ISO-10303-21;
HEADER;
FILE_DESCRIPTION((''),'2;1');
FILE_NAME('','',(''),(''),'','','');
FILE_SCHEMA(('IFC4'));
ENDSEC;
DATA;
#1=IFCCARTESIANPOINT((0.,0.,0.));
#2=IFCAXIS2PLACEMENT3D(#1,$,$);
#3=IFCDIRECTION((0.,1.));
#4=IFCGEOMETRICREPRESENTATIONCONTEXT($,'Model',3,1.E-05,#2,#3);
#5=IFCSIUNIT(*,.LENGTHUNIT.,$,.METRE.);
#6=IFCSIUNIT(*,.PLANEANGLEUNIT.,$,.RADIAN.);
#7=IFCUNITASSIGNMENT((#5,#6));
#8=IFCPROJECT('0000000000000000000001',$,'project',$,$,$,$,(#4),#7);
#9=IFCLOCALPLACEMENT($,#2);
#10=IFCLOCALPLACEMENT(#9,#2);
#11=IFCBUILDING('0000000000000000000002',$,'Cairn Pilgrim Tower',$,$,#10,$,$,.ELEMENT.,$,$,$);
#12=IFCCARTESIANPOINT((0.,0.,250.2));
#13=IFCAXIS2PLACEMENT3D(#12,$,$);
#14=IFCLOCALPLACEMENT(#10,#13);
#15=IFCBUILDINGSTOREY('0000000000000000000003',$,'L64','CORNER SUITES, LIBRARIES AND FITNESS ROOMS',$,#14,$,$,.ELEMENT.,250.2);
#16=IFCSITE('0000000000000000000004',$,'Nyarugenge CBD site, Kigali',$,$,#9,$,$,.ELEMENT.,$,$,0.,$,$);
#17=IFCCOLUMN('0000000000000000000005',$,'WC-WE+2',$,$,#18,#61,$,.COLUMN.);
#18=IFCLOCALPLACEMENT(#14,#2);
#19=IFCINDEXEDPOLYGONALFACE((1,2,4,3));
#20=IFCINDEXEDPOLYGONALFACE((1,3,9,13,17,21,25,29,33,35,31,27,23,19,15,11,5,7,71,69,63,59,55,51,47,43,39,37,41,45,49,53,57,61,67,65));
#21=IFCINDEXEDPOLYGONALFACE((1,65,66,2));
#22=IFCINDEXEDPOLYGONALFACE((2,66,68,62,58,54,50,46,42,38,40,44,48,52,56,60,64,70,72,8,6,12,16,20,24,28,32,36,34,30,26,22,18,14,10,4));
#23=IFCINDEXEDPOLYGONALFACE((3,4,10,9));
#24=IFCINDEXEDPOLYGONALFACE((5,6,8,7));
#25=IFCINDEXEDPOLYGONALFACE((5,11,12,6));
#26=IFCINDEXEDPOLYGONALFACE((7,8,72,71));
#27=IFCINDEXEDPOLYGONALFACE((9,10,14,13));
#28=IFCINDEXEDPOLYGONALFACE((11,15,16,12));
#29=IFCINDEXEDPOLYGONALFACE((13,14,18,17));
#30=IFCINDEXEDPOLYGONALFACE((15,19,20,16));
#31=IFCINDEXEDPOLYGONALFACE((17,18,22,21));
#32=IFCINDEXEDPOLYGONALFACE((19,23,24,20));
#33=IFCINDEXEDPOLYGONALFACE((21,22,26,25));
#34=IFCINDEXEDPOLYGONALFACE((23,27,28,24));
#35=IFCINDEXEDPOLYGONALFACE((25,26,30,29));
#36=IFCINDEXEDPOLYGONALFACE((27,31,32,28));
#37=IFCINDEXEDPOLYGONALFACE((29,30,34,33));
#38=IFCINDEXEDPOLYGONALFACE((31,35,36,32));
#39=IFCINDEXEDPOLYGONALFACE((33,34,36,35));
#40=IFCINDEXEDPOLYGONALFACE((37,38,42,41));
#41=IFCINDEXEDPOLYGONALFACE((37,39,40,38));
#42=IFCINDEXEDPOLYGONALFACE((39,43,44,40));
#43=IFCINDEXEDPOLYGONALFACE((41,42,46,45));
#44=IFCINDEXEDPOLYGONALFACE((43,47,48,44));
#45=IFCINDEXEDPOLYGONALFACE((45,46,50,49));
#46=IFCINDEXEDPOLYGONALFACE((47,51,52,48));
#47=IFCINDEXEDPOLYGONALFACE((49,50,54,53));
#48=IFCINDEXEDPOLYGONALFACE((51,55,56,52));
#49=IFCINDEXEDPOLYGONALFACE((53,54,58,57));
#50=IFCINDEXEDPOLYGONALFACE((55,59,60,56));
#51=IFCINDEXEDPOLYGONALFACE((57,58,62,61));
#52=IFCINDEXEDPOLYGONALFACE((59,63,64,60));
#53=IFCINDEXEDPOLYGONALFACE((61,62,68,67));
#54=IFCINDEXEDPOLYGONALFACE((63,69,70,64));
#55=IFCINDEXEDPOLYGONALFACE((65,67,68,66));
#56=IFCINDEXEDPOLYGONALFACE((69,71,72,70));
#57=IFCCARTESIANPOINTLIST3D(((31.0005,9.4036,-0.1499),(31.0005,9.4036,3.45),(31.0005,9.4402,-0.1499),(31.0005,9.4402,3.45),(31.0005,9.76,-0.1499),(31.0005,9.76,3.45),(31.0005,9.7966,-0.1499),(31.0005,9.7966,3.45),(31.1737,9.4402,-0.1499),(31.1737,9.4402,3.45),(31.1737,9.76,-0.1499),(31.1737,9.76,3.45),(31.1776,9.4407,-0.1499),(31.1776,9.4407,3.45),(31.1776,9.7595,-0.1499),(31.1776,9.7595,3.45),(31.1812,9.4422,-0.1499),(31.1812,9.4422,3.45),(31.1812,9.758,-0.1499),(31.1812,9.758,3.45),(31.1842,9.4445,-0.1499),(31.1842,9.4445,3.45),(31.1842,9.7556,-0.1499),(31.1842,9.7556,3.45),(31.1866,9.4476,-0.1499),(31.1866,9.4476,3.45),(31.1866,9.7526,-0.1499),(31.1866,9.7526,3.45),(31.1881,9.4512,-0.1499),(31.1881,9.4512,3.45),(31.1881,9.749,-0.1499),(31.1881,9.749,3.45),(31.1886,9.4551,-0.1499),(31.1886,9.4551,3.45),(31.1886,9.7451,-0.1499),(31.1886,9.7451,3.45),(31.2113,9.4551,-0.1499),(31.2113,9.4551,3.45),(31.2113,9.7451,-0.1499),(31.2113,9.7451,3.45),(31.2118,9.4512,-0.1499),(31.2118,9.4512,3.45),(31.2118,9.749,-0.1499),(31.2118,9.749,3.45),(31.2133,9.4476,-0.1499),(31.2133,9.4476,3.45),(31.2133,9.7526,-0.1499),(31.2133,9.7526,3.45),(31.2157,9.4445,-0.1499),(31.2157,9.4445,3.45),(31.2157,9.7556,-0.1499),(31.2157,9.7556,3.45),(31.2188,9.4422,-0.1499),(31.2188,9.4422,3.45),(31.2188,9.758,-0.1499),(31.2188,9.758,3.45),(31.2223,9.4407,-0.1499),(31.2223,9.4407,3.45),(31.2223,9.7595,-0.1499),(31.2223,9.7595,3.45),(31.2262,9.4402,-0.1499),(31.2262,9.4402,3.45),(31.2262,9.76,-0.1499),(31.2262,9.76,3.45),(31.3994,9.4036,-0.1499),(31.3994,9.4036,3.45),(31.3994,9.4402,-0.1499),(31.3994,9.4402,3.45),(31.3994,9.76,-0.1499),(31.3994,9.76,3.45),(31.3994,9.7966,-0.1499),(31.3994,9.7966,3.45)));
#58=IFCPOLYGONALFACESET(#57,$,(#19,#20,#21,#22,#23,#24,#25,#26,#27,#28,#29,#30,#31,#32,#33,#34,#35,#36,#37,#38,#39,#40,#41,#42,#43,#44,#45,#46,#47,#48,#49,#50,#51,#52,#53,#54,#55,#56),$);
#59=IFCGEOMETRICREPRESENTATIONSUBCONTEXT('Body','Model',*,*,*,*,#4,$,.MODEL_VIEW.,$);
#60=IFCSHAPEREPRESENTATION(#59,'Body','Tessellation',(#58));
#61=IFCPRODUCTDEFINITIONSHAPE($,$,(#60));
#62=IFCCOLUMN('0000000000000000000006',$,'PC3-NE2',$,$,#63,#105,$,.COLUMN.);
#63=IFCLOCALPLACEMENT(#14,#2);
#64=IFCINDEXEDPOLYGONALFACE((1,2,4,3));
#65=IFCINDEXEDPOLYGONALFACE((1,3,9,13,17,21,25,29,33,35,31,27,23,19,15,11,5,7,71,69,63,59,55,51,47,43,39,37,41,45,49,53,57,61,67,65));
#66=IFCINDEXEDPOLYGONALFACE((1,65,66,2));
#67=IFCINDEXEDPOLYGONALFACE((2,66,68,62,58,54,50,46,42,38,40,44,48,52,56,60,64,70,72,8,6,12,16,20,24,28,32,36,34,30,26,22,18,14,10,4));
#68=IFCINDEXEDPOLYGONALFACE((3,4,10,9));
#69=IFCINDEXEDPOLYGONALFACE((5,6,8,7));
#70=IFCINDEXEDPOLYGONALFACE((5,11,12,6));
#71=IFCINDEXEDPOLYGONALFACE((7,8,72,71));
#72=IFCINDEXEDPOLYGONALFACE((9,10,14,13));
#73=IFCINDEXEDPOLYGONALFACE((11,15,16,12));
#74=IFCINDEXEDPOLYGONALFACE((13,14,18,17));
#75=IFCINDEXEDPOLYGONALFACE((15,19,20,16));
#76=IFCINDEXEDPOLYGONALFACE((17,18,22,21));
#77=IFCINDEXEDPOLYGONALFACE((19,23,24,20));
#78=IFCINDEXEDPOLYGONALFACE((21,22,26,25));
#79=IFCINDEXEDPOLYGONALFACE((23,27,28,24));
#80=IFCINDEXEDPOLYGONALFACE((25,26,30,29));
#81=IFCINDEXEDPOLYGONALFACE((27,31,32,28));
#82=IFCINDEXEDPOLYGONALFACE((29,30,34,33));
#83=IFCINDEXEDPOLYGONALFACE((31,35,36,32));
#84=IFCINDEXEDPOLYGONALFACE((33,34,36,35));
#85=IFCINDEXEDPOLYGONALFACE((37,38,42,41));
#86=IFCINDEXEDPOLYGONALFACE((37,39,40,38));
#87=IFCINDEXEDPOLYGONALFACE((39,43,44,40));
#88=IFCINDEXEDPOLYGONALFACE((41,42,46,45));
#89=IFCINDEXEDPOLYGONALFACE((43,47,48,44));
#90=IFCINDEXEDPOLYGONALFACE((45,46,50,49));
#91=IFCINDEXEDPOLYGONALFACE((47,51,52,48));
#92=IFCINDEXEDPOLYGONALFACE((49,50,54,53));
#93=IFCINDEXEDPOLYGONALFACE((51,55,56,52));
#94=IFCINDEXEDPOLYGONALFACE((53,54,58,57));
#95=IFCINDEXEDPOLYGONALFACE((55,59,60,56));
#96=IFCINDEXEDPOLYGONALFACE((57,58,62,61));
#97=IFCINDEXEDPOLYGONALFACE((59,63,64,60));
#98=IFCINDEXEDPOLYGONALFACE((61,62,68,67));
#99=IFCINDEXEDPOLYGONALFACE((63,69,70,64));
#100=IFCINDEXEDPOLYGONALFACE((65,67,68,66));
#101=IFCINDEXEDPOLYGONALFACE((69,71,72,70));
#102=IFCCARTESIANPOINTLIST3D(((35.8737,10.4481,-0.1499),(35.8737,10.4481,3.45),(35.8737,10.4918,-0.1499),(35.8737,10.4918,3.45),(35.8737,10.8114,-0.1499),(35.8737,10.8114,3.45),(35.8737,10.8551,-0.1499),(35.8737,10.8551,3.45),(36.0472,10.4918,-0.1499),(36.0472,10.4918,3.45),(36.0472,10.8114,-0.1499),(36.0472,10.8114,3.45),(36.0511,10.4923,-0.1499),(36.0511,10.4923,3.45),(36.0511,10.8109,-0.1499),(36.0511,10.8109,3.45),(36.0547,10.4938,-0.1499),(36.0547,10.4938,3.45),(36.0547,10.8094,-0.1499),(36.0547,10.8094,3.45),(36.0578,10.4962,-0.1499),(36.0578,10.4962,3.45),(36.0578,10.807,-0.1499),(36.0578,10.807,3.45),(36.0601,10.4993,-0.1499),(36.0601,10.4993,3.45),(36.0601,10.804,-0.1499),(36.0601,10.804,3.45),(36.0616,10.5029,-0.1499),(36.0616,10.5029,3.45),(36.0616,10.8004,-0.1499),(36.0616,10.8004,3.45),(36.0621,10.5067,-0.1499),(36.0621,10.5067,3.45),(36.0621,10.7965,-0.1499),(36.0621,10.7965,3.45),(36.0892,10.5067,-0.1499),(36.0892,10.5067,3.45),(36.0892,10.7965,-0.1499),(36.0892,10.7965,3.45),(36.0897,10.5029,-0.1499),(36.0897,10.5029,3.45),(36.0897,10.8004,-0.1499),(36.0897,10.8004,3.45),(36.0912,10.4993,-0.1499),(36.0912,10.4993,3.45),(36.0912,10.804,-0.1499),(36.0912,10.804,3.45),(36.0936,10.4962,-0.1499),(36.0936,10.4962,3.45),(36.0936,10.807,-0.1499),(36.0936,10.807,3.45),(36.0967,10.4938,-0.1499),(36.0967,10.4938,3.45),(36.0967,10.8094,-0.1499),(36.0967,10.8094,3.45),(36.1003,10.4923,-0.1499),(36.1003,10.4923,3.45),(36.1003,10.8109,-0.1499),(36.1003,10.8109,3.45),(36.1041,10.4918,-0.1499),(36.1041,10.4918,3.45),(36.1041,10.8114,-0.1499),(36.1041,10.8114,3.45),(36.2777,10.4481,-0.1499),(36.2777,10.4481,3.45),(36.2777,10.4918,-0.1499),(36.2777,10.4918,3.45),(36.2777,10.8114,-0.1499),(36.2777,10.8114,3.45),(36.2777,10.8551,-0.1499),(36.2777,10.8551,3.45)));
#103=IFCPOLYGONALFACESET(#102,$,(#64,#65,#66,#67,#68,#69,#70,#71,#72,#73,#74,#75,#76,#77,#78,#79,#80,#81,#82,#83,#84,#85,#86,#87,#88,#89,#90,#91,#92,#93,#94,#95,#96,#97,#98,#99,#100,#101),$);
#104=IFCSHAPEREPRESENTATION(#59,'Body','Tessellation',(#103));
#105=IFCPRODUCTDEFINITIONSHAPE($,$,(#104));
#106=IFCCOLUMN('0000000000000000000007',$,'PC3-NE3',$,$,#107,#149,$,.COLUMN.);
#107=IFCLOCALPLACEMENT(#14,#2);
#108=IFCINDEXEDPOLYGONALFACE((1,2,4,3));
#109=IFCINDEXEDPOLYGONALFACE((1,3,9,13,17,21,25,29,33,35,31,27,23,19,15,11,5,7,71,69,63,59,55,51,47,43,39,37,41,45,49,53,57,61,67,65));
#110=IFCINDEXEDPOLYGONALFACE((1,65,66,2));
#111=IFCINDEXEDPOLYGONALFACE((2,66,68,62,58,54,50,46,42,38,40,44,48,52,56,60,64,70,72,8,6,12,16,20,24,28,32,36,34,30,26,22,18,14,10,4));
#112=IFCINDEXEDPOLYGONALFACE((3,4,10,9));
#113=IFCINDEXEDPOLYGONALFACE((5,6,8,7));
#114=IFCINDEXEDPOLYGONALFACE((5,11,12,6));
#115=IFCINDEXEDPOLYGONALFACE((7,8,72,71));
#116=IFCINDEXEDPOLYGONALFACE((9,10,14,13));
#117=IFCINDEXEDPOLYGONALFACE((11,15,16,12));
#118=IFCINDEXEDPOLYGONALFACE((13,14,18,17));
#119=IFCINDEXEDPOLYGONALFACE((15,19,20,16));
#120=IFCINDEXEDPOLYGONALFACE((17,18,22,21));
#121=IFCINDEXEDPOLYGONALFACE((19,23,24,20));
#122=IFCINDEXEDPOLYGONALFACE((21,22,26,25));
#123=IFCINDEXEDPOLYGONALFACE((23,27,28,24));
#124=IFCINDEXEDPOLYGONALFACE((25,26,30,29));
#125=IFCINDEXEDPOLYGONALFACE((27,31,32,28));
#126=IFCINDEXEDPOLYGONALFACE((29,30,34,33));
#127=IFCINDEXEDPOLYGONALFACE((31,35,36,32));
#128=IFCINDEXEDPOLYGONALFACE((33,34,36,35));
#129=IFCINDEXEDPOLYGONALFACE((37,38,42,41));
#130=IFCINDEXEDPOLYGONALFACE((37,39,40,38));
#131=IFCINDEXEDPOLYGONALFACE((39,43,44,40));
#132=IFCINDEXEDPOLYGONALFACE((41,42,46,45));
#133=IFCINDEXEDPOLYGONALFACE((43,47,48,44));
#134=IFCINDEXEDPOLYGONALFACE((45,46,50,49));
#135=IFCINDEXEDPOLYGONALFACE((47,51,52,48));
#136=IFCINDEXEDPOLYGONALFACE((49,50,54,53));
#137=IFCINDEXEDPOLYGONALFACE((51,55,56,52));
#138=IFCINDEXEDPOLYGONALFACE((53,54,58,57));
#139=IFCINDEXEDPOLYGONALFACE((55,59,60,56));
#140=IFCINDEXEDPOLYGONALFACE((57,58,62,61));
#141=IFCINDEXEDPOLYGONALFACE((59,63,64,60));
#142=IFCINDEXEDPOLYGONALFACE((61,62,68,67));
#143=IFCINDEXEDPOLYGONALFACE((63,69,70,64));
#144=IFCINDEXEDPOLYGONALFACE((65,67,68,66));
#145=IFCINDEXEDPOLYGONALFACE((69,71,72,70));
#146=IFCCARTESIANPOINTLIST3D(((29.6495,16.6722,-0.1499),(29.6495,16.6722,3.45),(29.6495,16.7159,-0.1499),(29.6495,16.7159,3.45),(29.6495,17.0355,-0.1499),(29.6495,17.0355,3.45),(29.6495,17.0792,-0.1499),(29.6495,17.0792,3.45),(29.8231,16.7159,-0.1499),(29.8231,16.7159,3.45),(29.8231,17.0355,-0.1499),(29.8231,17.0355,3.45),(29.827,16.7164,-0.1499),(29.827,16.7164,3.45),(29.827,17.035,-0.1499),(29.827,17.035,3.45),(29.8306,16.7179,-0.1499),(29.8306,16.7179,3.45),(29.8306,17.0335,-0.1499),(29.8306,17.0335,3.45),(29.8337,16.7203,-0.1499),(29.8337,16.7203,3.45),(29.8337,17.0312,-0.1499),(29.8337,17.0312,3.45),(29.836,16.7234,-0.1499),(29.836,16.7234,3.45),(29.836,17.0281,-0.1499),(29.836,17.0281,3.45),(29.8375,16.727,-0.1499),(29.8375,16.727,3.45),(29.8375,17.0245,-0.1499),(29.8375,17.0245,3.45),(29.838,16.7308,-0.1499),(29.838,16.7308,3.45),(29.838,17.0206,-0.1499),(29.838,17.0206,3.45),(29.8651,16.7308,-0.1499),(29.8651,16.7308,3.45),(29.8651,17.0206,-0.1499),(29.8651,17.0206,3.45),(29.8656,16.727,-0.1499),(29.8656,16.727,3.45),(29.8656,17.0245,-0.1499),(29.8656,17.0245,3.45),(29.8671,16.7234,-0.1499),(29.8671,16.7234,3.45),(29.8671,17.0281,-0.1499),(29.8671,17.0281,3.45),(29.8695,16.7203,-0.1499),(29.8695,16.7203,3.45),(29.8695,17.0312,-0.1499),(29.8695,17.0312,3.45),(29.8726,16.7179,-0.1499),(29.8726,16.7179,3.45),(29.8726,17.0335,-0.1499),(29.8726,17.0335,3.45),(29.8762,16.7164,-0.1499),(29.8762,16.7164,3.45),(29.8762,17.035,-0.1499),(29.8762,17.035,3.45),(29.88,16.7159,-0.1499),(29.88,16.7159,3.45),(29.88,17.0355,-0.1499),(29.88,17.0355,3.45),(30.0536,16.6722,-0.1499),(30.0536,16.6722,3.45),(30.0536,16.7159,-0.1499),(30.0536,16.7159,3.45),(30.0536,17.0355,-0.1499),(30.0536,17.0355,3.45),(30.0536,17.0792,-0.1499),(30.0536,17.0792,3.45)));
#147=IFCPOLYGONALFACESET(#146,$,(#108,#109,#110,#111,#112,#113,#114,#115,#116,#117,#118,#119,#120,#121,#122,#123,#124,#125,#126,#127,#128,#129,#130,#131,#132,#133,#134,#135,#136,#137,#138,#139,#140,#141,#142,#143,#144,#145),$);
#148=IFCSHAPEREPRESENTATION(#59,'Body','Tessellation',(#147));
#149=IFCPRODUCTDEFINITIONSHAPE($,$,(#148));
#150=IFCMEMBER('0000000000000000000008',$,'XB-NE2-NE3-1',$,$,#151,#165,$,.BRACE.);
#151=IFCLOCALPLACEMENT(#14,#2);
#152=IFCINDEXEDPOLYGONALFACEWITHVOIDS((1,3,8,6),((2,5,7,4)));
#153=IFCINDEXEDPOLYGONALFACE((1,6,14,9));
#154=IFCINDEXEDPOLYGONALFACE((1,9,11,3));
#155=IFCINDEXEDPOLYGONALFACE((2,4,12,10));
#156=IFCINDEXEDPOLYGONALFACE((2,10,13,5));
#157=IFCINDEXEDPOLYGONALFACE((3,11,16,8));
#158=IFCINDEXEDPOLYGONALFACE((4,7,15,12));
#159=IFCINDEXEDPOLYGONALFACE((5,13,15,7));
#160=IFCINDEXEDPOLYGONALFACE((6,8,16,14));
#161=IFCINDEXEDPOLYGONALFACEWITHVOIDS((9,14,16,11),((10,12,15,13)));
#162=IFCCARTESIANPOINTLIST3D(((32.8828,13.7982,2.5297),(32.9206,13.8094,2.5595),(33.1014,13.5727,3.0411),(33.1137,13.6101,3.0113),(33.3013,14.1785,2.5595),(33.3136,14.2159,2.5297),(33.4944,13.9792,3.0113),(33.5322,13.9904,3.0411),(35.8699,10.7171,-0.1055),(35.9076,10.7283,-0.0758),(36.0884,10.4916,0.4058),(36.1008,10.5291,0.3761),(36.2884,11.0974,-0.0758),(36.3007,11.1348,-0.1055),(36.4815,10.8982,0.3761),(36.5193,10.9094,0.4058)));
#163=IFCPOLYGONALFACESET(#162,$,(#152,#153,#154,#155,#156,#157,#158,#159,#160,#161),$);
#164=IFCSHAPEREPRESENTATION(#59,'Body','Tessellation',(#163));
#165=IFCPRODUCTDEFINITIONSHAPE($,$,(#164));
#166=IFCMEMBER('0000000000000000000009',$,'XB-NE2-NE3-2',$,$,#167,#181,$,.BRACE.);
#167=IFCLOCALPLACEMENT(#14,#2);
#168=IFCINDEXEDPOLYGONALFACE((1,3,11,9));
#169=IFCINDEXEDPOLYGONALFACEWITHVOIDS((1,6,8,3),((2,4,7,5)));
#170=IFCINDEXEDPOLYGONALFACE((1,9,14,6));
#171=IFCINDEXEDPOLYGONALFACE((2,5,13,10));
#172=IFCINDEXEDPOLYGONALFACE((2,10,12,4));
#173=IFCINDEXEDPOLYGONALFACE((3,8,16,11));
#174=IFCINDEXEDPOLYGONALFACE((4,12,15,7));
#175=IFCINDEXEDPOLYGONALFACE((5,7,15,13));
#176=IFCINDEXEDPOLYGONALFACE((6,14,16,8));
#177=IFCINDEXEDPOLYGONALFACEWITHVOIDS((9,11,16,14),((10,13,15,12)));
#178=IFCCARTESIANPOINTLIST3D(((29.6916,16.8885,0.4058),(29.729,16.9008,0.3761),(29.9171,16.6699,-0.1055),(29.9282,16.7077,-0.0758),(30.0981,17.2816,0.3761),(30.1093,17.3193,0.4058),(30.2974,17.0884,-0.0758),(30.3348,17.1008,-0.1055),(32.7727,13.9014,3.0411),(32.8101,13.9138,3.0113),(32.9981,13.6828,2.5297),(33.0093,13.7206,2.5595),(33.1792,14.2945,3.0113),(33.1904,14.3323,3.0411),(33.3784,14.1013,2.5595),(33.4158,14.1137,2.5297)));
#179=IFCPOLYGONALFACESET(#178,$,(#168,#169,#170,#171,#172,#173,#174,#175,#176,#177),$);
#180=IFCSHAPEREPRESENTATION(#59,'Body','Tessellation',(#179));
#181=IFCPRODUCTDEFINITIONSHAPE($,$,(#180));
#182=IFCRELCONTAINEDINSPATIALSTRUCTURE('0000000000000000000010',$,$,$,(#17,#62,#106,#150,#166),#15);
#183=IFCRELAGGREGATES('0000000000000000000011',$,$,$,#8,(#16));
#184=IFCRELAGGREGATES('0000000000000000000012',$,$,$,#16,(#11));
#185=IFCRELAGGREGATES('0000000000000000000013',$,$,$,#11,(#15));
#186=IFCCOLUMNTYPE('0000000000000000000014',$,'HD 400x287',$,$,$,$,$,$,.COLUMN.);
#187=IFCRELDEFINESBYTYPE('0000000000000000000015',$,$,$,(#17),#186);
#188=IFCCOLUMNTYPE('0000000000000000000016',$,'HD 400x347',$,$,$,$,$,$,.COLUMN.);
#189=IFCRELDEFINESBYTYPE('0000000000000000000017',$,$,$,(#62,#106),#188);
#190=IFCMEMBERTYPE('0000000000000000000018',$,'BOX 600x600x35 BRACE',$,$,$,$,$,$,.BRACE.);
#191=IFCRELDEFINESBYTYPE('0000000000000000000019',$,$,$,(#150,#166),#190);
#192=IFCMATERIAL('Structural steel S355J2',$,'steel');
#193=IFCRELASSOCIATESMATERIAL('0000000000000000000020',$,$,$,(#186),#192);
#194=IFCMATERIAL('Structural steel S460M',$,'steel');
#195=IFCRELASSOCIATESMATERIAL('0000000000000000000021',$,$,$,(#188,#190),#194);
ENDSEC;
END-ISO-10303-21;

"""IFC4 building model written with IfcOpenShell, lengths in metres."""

from ifc_helpers import new_model, si_unit, direction, frame, origin, origin_2d, place, context, subcontext, project, spatial, hollow_rectangle, i_section, extrude, material, material_profile, profile_set, type_object, element, save


model = new_model("IFC4")

# Units and contexts
model_context = context("Model", 3, precision=1e-05, world=origin(), true_north=direction((0.0, 1.0)))
body_context = subcontext(model_context, "Body", "Model", "MODEL_VIEW")
ifc_project = project(units=[si_unit("LENGTHUNIT", "METRE"), si_unit("PLANEANGLEUNIT", "RADIAN")], contexts=[model_context])

# Site, building, storey
site_placement = place(None, origin())
site = spatial("IfcSite", under=ifc_project, at=site_placement, Name="Nyarugenge CBD site, Kigali", CompositionType="ELEMENT", RefElevation=0.0)
building_placement = place(site_placement, origin())
building = spatial("IfcBuilding", under=site, at=building_placement, Name="Cairn Pilgrim Tower", CompositionType="ELEMENT")
storey_placement = place(building_placement, frame((0.0, 0.0, 250.2)))
storey = spatial("IfcBuildingStorey", under=building, at=storey_placement, Name="L64", Description="CORNER SUITES, LIBRARIES AND FITNESS ROOMS", CompositionType="ELEMENT", Elevation=250.2)

# Columns
ifc_material_1 = material(Name="Structural steel S355J2", Category="steel")
ifc_material_profile_1 = material_profile(ifc_material_1, i_section(OverallWidth=0.3989, OverallDepth=0.3931, WebThickness=0.0227, FlangeThickness=0.0366, FilletRadius=0.0149, at=origin_2d()), Name="HD 400x287")
ifc_profile_set_1 = profile_set([ifc_material_profile_1], Name="Structural steel S355J2")
column_type_1 = type_object("IfcColumnType", Name="HD 400x287", PredefinedType="COLUMN", material=ifc_profile_set_1)
column_placement = place(storey_placement, frame((31.2, 9.6001, -0.1499), z_axis=(0.0, 0.0, 1.0), x_axis=(1.0, 0.0, 0.0)))
element("IfcColumn", 1, at=column_placement, inside=storey, type_object=column_type_1, Name="WC-WE+2", PredefinedType="COLUMN", context=body_context, shape_type="SweptSolid", body=[
    extrude(i_section(OverallWidth=0.3989, OverallDepth=0.3931, WebThickness=0.0227, FlangeThickness=0.0366, FilletRadius=0.0149, at=origin_2d()), origin(), (0.0, 0.0, 1.0), 3.5999),
])
ifc_material_2 = material(Name="Structural steel S460M", Category="steel")
ifc_material_profile_2 = material_profile(ifc_material_2, i_section(OverallWidth=0.4041, OverallDepth=0.407, WebThickness=0.0271, FlangeThickness=0.0437, FilletRadius=0.0149, at=origin_2d()), Name="HD 400x347")
ifc_profile_set_2 = profile_set([ifc_material_profile_2], Name="Structural steel S460M")
column_type_2 = type_object("IfcColumnType", Name="HD 400x347", PredefinedType="COLUMN", material=ifc_profile_set_2)
for number, where, z_axis, x_axis, name in (
    (2, (36.0757, 10.6516, -0.1499), (0.0, 0.0, 1.0), (1.0, 0.0, 0.0), "PC3-NE2"),
    (3, (29.8516, 16.8757, -0.1499), (0.0, 0.0, 1.0), (1.0, 0.0, 0.0), "PC3-NE3"),
):
    element("IfcColumn", number, at=place(storey_placement, frame(where, z_axis=z_axis, x_axis=x_axis)), inside=storey, type_object=column_type_2, Name=name, PredefinedType="COLUMN", context=body_context, shape_type="SweptSolid", body=[
        extrude(i_section(OverallWidth=0.4041, OverallDepth=0.407, WebThickness=0.0271, FlangeThickness=0.0437, FilletRadius=0.0149, at=origin_2d()), origin(), (0.0, 0.0, 1.0), 3.5999),
    ])

# Members
ifc_material_profile_3 = material_profile(ifc_material_2, hollow_rectangle(XDim=0.6001, YDim=0.6001, WallThickness=0.0349, at=origin_2d()), Name="BOX 600x600x35")
ifc_profile_set_3 = profile_set([ifc_material_profile_3], Name="Structural steel S460M")
member_type_1 = type_object("IfcMemberType", Name="BOX 600x600x35 BRACE", PredefinedType="BRACE", material=ifc_profile_set_3)
for number, where, z_axis, x_axis, name in (
    (4, (36.1946, 10.8132, 0.1501), (-0.593157, 0.611822, 0.523297), (-0.717974, -0.69607, 0.0), "XB-NE2-NE3-1"),
    (5, (30.0132, 16.9946, 0.1501), (0.611822, -0.593157, 0.523297), (0.69607, 0.717974, 0.0), "XB-NE2-NE3-2"),
):
    element("IfcMember", number, at=place(storey_placement, frame(where, z_axis=z_axis, x_axis=x_axis)), inside=storey, type_object=member_type_1, Name=name, PredefinedType="BRACE", context=body_context, shape_type="SweptSolid", body=[
        extrude(hollow_rectangle(XDim=0.6001, YDim=0.6001, WallThickness=0.0349, at=origin_2d()), origin(), (0.0, 0.0, 1.0), 5.0359),
    ])

save(model, "model.ifc")
